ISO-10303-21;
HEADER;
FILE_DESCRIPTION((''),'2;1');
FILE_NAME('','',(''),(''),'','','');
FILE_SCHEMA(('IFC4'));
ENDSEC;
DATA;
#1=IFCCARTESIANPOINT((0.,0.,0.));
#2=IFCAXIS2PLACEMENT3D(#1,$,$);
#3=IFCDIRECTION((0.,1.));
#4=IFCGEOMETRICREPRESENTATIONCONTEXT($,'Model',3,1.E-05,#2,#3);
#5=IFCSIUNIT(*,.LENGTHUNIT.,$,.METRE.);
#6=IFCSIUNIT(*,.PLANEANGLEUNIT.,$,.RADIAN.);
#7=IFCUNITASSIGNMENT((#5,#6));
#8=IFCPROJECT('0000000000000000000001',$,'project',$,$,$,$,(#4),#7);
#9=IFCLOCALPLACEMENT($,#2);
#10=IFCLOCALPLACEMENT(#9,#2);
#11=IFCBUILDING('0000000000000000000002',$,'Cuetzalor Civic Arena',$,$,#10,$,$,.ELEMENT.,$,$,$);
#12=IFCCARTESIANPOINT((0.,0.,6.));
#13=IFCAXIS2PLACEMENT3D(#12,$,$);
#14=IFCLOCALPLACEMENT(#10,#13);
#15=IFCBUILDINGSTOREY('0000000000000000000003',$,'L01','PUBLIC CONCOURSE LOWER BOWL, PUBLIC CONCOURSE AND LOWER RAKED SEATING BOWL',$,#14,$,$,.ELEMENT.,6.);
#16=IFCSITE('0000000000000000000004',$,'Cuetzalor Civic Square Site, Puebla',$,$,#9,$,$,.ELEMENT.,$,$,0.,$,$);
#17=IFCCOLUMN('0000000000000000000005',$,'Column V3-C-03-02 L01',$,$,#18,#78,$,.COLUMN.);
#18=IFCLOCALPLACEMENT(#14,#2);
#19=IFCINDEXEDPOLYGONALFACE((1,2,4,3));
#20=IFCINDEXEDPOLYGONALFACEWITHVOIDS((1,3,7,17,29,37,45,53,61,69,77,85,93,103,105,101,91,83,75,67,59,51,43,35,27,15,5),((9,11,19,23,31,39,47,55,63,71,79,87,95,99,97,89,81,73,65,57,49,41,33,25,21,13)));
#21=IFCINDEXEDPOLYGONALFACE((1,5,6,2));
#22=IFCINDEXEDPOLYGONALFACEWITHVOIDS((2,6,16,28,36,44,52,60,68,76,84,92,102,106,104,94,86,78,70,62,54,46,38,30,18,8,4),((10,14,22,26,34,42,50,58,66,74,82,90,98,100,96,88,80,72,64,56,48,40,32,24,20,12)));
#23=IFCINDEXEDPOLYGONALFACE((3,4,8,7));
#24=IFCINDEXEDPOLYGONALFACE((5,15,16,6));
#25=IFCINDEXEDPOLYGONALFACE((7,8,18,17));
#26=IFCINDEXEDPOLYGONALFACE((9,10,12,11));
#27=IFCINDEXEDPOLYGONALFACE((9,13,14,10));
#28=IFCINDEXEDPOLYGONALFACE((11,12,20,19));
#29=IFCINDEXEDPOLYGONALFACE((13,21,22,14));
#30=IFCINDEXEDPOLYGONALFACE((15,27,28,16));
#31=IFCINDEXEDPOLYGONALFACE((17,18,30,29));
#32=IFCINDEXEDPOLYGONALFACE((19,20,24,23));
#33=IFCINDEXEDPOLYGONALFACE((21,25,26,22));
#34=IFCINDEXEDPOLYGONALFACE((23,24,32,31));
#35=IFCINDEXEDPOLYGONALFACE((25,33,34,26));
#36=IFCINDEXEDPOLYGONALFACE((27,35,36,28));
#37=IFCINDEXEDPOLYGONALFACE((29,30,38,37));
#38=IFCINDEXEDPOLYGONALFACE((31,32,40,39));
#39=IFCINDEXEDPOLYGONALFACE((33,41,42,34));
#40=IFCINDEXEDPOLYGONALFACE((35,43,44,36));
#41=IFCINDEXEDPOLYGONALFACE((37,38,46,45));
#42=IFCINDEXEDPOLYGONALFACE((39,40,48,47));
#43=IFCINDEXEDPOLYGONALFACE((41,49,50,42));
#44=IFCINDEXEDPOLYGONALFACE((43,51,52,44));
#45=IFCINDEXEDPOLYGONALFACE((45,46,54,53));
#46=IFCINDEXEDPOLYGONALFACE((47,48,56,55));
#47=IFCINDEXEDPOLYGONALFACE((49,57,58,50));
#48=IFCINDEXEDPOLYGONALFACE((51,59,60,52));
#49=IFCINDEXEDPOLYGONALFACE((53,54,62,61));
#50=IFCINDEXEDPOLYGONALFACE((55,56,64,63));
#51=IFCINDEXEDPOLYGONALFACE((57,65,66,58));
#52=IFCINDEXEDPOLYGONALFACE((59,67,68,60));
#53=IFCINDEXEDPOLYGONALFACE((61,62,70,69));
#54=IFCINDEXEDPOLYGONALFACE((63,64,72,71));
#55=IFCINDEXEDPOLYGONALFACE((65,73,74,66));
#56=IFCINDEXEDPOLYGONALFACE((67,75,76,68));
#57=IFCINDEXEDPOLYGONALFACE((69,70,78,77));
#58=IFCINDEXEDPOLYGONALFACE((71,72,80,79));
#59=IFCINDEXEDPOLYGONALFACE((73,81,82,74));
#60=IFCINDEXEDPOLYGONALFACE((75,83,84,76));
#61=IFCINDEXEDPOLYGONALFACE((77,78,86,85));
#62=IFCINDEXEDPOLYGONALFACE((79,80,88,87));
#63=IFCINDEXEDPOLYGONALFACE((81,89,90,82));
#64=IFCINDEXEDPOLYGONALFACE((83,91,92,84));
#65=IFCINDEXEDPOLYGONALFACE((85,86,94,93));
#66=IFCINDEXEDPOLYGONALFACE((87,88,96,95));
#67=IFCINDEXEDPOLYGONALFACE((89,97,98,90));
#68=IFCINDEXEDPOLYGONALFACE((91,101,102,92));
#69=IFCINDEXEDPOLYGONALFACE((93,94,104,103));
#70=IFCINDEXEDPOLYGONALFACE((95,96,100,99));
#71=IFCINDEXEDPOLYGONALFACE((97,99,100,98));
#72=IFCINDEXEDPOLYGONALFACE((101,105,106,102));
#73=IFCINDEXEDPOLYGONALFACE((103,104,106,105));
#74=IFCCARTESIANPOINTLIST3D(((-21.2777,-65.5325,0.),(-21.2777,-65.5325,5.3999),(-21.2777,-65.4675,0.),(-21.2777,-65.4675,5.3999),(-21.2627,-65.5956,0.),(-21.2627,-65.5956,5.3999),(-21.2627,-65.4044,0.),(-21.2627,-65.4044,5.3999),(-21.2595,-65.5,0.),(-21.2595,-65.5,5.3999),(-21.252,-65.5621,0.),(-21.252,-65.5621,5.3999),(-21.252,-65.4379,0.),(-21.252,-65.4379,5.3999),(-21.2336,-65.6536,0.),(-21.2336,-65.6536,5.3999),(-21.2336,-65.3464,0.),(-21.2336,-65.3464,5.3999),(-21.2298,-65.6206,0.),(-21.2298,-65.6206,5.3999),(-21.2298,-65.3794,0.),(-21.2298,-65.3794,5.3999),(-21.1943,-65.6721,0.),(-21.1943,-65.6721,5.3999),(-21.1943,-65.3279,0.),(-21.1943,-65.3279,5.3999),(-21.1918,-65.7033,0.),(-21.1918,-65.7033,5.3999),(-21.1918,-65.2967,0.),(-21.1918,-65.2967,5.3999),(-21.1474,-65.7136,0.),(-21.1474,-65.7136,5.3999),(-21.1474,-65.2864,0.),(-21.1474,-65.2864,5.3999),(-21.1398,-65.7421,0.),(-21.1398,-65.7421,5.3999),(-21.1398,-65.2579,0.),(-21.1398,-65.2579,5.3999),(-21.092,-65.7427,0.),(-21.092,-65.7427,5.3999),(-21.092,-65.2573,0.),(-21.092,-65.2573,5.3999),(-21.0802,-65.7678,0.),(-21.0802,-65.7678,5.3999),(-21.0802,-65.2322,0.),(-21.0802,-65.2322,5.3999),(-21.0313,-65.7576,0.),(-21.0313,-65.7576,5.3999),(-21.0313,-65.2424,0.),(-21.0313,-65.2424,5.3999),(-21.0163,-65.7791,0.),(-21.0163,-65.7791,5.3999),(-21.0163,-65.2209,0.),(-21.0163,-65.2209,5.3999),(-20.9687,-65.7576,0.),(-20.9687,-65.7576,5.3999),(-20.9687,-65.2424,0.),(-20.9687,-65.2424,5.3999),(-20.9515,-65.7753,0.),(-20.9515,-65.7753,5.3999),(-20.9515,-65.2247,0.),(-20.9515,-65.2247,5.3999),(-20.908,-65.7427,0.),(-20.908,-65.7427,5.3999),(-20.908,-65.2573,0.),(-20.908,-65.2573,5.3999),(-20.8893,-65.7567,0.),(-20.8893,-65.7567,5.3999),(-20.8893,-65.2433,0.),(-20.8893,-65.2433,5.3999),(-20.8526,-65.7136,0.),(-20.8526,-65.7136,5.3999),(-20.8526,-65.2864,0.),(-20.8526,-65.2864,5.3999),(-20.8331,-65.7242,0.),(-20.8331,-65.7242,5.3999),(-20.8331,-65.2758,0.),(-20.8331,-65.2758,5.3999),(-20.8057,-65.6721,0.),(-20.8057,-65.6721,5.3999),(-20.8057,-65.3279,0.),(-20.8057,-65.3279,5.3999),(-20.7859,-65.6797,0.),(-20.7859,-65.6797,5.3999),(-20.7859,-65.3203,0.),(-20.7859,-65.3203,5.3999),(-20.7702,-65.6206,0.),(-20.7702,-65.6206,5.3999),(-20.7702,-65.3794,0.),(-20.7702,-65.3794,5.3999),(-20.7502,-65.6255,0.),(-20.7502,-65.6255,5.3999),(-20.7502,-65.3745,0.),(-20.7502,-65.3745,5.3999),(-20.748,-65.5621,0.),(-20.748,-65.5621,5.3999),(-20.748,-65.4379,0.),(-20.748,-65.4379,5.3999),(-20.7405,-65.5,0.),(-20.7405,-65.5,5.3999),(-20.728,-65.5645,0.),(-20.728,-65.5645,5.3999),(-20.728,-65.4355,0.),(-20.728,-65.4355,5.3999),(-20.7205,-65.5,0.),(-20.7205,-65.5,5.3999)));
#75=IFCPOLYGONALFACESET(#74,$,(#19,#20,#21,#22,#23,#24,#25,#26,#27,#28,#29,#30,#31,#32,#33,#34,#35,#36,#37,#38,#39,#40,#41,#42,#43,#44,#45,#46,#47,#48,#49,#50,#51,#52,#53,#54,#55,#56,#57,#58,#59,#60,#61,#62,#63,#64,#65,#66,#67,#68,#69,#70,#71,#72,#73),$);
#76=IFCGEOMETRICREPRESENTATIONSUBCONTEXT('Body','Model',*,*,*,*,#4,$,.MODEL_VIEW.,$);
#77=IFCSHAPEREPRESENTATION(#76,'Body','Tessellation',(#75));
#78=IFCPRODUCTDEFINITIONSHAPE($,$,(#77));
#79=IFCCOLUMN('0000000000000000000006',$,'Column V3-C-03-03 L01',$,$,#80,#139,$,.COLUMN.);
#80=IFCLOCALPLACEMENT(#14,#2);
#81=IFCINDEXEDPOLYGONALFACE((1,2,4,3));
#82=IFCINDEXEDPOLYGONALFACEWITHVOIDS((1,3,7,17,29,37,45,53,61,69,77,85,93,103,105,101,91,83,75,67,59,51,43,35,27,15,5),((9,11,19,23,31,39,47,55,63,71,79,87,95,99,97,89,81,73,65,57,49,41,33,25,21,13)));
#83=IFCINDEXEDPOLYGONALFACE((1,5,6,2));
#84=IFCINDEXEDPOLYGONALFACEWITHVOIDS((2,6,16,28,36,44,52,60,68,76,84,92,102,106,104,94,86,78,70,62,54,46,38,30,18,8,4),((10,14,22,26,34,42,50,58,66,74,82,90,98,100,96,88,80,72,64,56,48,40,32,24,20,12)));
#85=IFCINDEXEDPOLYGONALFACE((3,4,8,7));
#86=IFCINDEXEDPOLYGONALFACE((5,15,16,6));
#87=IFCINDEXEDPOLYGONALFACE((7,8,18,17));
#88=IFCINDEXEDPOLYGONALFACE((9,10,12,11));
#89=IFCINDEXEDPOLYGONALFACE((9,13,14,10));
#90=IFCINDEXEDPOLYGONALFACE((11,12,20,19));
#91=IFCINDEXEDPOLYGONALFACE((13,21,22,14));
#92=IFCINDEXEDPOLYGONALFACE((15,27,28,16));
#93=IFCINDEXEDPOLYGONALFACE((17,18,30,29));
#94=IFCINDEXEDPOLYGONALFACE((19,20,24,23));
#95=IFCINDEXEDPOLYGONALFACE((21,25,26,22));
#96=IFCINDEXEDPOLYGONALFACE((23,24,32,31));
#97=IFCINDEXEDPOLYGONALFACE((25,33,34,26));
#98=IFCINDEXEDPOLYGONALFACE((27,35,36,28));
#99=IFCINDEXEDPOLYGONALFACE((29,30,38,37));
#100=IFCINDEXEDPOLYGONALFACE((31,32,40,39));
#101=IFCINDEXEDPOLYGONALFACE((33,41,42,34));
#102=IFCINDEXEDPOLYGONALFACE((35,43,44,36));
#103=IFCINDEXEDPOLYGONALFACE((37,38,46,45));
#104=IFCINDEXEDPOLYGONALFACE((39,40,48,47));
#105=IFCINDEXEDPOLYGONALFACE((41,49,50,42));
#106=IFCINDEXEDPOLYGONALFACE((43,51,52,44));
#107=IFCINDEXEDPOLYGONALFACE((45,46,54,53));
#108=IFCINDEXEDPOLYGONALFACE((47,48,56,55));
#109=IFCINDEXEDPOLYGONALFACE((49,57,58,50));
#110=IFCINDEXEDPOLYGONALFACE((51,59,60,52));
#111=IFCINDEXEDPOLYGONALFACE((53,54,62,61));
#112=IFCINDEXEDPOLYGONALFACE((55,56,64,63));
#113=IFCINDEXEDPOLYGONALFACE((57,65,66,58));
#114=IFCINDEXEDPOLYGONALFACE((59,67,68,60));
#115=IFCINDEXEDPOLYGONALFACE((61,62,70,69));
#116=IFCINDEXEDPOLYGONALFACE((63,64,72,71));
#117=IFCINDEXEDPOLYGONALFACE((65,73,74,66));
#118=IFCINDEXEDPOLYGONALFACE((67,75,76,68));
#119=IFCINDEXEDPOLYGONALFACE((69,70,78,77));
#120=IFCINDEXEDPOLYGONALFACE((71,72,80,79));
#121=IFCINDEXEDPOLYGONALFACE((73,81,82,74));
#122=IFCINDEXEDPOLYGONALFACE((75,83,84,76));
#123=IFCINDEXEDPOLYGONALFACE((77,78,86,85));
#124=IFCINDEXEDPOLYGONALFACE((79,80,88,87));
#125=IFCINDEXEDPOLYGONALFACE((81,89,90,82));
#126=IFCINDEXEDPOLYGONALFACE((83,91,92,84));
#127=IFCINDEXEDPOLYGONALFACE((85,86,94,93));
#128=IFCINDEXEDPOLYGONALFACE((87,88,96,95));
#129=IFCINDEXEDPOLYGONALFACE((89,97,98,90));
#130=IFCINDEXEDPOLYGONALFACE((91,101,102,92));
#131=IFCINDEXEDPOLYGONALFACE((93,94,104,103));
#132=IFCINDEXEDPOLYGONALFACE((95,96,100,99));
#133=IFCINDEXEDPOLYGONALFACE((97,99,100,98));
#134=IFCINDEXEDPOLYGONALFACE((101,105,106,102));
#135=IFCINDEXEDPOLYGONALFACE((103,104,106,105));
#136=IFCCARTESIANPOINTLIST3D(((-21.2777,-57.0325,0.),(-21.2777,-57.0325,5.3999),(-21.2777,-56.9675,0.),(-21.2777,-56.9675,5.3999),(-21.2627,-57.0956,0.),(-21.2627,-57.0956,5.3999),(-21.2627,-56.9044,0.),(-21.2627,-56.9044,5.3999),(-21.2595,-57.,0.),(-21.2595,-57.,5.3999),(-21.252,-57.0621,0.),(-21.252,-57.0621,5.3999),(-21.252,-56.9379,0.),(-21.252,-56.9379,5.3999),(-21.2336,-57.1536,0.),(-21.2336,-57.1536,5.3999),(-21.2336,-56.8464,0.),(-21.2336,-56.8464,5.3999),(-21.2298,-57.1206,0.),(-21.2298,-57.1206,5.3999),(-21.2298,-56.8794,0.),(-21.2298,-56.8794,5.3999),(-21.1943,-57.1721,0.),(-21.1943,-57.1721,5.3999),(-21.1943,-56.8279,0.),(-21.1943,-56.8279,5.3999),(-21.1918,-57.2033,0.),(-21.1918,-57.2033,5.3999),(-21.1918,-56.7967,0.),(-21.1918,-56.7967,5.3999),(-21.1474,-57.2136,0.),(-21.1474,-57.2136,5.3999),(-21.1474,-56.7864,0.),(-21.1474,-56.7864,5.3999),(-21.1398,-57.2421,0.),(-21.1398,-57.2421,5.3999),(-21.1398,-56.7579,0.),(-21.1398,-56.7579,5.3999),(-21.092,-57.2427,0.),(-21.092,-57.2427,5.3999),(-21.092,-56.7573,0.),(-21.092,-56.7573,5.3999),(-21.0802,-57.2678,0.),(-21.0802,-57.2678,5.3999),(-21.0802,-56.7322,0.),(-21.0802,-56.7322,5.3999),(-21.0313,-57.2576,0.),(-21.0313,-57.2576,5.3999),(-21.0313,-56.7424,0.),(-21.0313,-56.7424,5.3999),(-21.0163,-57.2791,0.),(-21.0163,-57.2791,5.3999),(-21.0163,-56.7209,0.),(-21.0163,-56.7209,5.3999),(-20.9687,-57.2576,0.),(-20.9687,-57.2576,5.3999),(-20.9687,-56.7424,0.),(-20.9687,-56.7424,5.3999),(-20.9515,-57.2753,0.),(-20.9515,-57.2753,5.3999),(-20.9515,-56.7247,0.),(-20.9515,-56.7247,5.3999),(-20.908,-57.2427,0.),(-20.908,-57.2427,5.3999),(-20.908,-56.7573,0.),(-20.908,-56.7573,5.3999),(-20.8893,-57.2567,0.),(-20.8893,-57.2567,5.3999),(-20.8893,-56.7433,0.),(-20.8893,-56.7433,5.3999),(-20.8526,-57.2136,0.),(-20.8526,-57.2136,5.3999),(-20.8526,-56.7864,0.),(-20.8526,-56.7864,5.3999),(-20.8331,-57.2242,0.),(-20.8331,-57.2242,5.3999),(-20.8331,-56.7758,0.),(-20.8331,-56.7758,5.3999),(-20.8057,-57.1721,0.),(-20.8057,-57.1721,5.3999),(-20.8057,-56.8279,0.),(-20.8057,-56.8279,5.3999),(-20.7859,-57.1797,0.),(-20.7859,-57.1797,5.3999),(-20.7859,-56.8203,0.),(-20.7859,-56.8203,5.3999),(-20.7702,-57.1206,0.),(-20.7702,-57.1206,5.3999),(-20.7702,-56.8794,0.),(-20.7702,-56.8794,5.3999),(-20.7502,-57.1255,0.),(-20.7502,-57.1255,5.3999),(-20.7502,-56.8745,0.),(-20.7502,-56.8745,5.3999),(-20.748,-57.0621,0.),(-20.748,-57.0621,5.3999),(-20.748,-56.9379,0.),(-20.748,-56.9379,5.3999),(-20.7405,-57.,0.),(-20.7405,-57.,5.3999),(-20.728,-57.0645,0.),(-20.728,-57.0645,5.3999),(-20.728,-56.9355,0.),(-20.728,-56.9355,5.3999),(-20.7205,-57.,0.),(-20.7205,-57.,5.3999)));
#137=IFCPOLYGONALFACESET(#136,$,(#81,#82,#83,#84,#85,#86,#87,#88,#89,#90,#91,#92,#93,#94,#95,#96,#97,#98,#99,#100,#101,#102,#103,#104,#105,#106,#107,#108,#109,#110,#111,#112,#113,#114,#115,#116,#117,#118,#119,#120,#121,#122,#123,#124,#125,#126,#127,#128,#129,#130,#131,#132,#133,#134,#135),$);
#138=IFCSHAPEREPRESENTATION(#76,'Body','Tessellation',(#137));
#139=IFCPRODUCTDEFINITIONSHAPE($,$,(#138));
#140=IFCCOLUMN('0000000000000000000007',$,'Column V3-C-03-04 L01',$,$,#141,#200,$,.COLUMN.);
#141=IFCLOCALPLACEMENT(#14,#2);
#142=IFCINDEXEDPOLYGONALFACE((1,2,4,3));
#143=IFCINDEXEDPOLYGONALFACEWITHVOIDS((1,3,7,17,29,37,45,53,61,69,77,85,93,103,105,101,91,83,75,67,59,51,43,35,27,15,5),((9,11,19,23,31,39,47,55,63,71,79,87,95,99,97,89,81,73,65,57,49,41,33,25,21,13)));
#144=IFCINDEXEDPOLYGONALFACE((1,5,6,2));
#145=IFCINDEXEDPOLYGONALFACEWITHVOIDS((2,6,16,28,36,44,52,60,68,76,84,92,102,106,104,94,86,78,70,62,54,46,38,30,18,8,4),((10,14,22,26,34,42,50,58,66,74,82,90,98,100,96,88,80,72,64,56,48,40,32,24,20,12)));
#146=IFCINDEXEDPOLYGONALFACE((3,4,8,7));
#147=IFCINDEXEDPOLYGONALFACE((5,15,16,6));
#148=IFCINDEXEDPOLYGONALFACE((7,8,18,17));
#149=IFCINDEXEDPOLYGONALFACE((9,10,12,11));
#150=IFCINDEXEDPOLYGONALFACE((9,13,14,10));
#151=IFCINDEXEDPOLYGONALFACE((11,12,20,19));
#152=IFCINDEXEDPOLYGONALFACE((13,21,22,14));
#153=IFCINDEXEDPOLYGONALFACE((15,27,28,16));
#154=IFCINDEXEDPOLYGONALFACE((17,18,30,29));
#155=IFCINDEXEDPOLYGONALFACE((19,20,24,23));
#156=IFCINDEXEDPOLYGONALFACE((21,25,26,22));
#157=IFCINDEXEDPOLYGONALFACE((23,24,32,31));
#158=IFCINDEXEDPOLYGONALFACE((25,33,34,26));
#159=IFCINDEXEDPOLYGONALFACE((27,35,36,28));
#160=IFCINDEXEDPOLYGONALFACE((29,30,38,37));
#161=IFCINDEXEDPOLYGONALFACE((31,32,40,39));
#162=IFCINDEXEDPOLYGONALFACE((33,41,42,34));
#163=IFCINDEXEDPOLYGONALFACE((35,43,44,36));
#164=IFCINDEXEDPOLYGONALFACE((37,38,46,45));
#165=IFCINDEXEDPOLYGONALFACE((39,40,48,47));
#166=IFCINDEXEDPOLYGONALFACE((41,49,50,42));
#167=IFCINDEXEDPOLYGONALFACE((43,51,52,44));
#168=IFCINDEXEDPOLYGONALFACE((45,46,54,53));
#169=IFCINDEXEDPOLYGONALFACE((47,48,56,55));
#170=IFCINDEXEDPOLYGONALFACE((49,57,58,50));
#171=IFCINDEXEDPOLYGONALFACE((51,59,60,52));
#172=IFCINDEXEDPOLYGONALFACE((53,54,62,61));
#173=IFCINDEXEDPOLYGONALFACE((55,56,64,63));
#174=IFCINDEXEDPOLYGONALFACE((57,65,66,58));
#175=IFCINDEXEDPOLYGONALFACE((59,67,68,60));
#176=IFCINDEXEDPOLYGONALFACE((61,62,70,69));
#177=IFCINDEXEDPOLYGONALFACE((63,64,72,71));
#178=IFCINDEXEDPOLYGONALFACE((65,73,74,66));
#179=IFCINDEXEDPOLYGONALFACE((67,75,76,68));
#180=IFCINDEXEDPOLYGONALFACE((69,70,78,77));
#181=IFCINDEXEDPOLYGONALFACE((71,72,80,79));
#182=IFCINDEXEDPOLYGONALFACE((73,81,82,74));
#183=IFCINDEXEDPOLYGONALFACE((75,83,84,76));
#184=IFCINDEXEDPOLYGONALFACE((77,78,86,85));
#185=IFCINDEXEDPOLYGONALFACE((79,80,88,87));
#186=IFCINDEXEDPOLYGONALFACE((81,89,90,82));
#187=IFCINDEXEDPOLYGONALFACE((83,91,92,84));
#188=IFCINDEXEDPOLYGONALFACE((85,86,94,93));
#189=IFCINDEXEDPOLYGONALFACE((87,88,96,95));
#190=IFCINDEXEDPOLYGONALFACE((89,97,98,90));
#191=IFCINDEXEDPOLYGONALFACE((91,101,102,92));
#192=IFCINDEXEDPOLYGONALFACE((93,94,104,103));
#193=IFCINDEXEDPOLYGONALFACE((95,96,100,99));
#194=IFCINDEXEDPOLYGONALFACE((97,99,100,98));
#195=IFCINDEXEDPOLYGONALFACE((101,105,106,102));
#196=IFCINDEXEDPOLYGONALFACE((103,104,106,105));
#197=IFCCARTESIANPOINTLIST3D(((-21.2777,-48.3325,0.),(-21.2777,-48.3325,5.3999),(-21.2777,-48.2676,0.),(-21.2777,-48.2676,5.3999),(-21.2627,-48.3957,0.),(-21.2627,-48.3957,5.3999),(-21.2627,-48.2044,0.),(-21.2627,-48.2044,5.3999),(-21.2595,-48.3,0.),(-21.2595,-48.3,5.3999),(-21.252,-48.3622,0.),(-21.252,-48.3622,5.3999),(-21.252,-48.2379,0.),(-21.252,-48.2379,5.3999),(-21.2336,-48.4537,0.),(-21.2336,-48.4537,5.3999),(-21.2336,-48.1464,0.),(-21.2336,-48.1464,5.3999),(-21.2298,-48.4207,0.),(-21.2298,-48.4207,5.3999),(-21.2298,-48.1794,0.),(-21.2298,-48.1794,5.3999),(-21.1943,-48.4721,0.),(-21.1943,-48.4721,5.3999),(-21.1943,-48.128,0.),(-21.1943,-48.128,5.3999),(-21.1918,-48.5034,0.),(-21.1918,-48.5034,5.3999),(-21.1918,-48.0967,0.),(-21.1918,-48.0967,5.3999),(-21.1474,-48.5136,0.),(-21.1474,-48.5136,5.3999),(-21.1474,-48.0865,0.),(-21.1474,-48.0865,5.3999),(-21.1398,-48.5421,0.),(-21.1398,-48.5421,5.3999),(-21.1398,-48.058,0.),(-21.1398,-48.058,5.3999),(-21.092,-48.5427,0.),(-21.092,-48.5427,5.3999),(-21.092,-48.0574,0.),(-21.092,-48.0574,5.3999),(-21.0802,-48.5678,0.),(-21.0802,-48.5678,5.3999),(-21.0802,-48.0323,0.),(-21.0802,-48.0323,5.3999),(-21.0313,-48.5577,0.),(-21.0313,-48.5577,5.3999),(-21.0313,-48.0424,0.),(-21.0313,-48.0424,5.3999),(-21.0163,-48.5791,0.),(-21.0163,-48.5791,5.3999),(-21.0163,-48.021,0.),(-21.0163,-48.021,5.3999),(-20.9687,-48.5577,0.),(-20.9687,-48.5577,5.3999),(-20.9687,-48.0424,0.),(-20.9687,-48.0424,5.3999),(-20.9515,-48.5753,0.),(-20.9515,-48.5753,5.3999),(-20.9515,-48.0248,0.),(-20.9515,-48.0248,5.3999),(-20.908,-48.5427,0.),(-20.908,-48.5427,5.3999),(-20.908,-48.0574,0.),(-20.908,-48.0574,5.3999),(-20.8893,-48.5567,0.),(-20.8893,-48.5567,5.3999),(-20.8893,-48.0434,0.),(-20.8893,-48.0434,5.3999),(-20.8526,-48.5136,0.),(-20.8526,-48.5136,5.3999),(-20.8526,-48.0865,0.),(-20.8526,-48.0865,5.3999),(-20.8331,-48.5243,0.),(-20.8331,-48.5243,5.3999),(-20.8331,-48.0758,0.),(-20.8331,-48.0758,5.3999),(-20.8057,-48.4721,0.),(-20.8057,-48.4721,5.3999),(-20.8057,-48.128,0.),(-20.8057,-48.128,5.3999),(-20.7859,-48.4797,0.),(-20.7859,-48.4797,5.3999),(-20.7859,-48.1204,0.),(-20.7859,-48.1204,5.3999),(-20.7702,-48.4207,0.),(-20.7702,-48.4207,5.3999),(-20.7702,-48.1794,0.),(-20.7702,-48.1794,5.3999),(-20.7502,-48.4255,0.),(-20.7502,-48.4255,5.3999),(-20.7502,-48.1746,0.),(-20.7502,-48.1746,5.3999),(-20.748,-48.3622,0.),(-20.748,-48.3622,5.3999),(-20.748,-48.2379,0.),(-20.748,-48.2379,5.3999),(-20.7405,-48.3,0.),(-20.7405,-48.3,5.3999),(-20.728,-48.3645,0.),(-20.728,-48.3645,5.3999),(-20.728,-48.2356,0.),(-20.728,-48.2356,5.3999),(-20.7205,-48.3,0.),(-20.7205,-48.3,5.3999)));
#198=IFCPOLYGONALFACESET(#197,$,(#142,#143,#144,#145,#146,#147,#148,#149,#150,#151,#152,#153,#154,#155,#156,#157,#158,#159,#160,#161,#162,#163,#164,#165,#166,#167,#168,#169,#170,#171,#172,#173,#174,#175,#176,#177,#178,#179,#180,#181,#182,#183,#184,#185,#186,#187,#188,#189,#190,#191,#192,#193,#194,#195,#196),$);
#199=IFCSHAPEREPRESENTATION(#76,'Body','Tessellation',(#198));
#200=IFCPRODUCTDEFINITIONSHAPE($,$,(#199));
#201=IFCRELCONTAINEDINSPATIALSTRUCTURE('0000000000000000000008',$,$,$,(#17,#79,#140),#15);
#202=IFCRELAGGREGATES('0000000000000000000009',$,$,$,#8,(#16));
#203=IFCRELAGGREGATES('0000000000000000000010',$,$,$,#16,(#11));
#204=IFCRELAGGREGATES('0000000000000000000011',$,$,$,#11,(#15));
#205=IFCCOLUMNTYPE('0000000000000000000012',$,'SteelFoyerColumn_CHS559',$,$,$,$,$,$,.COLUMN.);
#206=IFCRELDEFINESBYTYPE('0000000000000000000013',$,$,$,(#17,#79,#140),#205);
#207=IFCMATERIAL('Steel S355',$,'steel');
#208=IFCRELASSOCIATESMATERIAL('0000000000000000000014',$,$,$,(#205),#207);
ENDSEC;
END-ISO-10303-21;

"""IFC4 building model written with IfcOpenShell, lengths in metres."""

from ifc_helpers import new_model, si_unit, direction, frame, origin, origin_2d, place, context, subcontext, project, spatial, hollow_circle, extrude, material, material_profile, profile_set, type_object, element, save


model = new_model("IFC4")

# Units and contexts
model_context = context("Model", 3, precision=1e-05, world=origin(), true_north=direction((0.0, 1.0)))
body_context = subcontext(model_context, "Body", "Model", "MODEL_VIEW")
ifc_project = project(units=[si_unit("LENGTHUNIT", "METRE"), si_unit("PLANEANGLEUNIT", "RADIAN")], contexts=[model_context])

# Site, building, storey
site_placement = place(None, origin())
site = spatial("IfcSite", under=ifc_project, at=site_placement, Name="Cuetzalor Civic Square Site, Puebla", CompositionType="ELEMENT", RefElevation=0.0)
building_placement = place(site_placement, origin())
building = spatial("IfcBuilding", under=site, at=building_placement, Name="Cuetzalor Civic Arena", CompositionType="ELEMENT")
storey_placement = place(building_placement, frame((0.0, 0.0, 6.0)))
storey = spatial("IfcBuildingStorey", under=building, at=storey_placement, Name="L01", Description="PUBLIC CONCOURSE LOWER BOWL, PUBLIC CONCOURSE AND LOWER RAKED SEATING BOWL", CompositionType="ELEMENT", Elevation=6.0)

# Columns
ifc_material_1 = material(Name="Steel S355", Category="steel")
ifc_material_profile_1 = material_profile(ifc_material_1, hollow_circle(Radius=0.2795, WallThickness=0.02, at=origin_2d()), Name="CHS 559x20")
ifc_profile_set_1 = profile_set([ifc_material_profile_1], Name="Steel S355")
column_type = type_object("IfcColumnType", Name="SteelFoyerColumn_CHS559", PredefinedType="COLUMN", material=ifc_profile_set_1)
for number, where, z_axis, x_axis, name in (
    (1, (-21.0, -65.5, 0.0), (0.0, 0.0, 1.0), (1.0, 0.0, 0.0), "Column V3-C-03-02 L01"),
    (2, (-21.0, -57.0, 0.0), (0.0, 0.0, 1.0), (1.0, 0.0, 0.0), "Column V3-C-03-03 L01"),
    (3, (-21.0, -48.3, 0.0), (0.0, 0.0, 1.0), (1.0, 0.0, 0.0), "Column V3-C-03-04 L01"),
):
    element("IfcColumn", number, at=place(storey_placement, frame(where, z_axis=z_axis, x_axis=x_axis)), inside=storey, type_object=column_type, Name=name, PredefinedType="COLUMN", context=body_context, shape_type="SweptSolid", body=[
        extrude(hollow_circle(Radius=0.2795, WallThickness=0.02, at=origin_2d()), origin(), (0.0, 0.0, 1.0), 5.3999),
    ])

save(model, "model.ifc")
